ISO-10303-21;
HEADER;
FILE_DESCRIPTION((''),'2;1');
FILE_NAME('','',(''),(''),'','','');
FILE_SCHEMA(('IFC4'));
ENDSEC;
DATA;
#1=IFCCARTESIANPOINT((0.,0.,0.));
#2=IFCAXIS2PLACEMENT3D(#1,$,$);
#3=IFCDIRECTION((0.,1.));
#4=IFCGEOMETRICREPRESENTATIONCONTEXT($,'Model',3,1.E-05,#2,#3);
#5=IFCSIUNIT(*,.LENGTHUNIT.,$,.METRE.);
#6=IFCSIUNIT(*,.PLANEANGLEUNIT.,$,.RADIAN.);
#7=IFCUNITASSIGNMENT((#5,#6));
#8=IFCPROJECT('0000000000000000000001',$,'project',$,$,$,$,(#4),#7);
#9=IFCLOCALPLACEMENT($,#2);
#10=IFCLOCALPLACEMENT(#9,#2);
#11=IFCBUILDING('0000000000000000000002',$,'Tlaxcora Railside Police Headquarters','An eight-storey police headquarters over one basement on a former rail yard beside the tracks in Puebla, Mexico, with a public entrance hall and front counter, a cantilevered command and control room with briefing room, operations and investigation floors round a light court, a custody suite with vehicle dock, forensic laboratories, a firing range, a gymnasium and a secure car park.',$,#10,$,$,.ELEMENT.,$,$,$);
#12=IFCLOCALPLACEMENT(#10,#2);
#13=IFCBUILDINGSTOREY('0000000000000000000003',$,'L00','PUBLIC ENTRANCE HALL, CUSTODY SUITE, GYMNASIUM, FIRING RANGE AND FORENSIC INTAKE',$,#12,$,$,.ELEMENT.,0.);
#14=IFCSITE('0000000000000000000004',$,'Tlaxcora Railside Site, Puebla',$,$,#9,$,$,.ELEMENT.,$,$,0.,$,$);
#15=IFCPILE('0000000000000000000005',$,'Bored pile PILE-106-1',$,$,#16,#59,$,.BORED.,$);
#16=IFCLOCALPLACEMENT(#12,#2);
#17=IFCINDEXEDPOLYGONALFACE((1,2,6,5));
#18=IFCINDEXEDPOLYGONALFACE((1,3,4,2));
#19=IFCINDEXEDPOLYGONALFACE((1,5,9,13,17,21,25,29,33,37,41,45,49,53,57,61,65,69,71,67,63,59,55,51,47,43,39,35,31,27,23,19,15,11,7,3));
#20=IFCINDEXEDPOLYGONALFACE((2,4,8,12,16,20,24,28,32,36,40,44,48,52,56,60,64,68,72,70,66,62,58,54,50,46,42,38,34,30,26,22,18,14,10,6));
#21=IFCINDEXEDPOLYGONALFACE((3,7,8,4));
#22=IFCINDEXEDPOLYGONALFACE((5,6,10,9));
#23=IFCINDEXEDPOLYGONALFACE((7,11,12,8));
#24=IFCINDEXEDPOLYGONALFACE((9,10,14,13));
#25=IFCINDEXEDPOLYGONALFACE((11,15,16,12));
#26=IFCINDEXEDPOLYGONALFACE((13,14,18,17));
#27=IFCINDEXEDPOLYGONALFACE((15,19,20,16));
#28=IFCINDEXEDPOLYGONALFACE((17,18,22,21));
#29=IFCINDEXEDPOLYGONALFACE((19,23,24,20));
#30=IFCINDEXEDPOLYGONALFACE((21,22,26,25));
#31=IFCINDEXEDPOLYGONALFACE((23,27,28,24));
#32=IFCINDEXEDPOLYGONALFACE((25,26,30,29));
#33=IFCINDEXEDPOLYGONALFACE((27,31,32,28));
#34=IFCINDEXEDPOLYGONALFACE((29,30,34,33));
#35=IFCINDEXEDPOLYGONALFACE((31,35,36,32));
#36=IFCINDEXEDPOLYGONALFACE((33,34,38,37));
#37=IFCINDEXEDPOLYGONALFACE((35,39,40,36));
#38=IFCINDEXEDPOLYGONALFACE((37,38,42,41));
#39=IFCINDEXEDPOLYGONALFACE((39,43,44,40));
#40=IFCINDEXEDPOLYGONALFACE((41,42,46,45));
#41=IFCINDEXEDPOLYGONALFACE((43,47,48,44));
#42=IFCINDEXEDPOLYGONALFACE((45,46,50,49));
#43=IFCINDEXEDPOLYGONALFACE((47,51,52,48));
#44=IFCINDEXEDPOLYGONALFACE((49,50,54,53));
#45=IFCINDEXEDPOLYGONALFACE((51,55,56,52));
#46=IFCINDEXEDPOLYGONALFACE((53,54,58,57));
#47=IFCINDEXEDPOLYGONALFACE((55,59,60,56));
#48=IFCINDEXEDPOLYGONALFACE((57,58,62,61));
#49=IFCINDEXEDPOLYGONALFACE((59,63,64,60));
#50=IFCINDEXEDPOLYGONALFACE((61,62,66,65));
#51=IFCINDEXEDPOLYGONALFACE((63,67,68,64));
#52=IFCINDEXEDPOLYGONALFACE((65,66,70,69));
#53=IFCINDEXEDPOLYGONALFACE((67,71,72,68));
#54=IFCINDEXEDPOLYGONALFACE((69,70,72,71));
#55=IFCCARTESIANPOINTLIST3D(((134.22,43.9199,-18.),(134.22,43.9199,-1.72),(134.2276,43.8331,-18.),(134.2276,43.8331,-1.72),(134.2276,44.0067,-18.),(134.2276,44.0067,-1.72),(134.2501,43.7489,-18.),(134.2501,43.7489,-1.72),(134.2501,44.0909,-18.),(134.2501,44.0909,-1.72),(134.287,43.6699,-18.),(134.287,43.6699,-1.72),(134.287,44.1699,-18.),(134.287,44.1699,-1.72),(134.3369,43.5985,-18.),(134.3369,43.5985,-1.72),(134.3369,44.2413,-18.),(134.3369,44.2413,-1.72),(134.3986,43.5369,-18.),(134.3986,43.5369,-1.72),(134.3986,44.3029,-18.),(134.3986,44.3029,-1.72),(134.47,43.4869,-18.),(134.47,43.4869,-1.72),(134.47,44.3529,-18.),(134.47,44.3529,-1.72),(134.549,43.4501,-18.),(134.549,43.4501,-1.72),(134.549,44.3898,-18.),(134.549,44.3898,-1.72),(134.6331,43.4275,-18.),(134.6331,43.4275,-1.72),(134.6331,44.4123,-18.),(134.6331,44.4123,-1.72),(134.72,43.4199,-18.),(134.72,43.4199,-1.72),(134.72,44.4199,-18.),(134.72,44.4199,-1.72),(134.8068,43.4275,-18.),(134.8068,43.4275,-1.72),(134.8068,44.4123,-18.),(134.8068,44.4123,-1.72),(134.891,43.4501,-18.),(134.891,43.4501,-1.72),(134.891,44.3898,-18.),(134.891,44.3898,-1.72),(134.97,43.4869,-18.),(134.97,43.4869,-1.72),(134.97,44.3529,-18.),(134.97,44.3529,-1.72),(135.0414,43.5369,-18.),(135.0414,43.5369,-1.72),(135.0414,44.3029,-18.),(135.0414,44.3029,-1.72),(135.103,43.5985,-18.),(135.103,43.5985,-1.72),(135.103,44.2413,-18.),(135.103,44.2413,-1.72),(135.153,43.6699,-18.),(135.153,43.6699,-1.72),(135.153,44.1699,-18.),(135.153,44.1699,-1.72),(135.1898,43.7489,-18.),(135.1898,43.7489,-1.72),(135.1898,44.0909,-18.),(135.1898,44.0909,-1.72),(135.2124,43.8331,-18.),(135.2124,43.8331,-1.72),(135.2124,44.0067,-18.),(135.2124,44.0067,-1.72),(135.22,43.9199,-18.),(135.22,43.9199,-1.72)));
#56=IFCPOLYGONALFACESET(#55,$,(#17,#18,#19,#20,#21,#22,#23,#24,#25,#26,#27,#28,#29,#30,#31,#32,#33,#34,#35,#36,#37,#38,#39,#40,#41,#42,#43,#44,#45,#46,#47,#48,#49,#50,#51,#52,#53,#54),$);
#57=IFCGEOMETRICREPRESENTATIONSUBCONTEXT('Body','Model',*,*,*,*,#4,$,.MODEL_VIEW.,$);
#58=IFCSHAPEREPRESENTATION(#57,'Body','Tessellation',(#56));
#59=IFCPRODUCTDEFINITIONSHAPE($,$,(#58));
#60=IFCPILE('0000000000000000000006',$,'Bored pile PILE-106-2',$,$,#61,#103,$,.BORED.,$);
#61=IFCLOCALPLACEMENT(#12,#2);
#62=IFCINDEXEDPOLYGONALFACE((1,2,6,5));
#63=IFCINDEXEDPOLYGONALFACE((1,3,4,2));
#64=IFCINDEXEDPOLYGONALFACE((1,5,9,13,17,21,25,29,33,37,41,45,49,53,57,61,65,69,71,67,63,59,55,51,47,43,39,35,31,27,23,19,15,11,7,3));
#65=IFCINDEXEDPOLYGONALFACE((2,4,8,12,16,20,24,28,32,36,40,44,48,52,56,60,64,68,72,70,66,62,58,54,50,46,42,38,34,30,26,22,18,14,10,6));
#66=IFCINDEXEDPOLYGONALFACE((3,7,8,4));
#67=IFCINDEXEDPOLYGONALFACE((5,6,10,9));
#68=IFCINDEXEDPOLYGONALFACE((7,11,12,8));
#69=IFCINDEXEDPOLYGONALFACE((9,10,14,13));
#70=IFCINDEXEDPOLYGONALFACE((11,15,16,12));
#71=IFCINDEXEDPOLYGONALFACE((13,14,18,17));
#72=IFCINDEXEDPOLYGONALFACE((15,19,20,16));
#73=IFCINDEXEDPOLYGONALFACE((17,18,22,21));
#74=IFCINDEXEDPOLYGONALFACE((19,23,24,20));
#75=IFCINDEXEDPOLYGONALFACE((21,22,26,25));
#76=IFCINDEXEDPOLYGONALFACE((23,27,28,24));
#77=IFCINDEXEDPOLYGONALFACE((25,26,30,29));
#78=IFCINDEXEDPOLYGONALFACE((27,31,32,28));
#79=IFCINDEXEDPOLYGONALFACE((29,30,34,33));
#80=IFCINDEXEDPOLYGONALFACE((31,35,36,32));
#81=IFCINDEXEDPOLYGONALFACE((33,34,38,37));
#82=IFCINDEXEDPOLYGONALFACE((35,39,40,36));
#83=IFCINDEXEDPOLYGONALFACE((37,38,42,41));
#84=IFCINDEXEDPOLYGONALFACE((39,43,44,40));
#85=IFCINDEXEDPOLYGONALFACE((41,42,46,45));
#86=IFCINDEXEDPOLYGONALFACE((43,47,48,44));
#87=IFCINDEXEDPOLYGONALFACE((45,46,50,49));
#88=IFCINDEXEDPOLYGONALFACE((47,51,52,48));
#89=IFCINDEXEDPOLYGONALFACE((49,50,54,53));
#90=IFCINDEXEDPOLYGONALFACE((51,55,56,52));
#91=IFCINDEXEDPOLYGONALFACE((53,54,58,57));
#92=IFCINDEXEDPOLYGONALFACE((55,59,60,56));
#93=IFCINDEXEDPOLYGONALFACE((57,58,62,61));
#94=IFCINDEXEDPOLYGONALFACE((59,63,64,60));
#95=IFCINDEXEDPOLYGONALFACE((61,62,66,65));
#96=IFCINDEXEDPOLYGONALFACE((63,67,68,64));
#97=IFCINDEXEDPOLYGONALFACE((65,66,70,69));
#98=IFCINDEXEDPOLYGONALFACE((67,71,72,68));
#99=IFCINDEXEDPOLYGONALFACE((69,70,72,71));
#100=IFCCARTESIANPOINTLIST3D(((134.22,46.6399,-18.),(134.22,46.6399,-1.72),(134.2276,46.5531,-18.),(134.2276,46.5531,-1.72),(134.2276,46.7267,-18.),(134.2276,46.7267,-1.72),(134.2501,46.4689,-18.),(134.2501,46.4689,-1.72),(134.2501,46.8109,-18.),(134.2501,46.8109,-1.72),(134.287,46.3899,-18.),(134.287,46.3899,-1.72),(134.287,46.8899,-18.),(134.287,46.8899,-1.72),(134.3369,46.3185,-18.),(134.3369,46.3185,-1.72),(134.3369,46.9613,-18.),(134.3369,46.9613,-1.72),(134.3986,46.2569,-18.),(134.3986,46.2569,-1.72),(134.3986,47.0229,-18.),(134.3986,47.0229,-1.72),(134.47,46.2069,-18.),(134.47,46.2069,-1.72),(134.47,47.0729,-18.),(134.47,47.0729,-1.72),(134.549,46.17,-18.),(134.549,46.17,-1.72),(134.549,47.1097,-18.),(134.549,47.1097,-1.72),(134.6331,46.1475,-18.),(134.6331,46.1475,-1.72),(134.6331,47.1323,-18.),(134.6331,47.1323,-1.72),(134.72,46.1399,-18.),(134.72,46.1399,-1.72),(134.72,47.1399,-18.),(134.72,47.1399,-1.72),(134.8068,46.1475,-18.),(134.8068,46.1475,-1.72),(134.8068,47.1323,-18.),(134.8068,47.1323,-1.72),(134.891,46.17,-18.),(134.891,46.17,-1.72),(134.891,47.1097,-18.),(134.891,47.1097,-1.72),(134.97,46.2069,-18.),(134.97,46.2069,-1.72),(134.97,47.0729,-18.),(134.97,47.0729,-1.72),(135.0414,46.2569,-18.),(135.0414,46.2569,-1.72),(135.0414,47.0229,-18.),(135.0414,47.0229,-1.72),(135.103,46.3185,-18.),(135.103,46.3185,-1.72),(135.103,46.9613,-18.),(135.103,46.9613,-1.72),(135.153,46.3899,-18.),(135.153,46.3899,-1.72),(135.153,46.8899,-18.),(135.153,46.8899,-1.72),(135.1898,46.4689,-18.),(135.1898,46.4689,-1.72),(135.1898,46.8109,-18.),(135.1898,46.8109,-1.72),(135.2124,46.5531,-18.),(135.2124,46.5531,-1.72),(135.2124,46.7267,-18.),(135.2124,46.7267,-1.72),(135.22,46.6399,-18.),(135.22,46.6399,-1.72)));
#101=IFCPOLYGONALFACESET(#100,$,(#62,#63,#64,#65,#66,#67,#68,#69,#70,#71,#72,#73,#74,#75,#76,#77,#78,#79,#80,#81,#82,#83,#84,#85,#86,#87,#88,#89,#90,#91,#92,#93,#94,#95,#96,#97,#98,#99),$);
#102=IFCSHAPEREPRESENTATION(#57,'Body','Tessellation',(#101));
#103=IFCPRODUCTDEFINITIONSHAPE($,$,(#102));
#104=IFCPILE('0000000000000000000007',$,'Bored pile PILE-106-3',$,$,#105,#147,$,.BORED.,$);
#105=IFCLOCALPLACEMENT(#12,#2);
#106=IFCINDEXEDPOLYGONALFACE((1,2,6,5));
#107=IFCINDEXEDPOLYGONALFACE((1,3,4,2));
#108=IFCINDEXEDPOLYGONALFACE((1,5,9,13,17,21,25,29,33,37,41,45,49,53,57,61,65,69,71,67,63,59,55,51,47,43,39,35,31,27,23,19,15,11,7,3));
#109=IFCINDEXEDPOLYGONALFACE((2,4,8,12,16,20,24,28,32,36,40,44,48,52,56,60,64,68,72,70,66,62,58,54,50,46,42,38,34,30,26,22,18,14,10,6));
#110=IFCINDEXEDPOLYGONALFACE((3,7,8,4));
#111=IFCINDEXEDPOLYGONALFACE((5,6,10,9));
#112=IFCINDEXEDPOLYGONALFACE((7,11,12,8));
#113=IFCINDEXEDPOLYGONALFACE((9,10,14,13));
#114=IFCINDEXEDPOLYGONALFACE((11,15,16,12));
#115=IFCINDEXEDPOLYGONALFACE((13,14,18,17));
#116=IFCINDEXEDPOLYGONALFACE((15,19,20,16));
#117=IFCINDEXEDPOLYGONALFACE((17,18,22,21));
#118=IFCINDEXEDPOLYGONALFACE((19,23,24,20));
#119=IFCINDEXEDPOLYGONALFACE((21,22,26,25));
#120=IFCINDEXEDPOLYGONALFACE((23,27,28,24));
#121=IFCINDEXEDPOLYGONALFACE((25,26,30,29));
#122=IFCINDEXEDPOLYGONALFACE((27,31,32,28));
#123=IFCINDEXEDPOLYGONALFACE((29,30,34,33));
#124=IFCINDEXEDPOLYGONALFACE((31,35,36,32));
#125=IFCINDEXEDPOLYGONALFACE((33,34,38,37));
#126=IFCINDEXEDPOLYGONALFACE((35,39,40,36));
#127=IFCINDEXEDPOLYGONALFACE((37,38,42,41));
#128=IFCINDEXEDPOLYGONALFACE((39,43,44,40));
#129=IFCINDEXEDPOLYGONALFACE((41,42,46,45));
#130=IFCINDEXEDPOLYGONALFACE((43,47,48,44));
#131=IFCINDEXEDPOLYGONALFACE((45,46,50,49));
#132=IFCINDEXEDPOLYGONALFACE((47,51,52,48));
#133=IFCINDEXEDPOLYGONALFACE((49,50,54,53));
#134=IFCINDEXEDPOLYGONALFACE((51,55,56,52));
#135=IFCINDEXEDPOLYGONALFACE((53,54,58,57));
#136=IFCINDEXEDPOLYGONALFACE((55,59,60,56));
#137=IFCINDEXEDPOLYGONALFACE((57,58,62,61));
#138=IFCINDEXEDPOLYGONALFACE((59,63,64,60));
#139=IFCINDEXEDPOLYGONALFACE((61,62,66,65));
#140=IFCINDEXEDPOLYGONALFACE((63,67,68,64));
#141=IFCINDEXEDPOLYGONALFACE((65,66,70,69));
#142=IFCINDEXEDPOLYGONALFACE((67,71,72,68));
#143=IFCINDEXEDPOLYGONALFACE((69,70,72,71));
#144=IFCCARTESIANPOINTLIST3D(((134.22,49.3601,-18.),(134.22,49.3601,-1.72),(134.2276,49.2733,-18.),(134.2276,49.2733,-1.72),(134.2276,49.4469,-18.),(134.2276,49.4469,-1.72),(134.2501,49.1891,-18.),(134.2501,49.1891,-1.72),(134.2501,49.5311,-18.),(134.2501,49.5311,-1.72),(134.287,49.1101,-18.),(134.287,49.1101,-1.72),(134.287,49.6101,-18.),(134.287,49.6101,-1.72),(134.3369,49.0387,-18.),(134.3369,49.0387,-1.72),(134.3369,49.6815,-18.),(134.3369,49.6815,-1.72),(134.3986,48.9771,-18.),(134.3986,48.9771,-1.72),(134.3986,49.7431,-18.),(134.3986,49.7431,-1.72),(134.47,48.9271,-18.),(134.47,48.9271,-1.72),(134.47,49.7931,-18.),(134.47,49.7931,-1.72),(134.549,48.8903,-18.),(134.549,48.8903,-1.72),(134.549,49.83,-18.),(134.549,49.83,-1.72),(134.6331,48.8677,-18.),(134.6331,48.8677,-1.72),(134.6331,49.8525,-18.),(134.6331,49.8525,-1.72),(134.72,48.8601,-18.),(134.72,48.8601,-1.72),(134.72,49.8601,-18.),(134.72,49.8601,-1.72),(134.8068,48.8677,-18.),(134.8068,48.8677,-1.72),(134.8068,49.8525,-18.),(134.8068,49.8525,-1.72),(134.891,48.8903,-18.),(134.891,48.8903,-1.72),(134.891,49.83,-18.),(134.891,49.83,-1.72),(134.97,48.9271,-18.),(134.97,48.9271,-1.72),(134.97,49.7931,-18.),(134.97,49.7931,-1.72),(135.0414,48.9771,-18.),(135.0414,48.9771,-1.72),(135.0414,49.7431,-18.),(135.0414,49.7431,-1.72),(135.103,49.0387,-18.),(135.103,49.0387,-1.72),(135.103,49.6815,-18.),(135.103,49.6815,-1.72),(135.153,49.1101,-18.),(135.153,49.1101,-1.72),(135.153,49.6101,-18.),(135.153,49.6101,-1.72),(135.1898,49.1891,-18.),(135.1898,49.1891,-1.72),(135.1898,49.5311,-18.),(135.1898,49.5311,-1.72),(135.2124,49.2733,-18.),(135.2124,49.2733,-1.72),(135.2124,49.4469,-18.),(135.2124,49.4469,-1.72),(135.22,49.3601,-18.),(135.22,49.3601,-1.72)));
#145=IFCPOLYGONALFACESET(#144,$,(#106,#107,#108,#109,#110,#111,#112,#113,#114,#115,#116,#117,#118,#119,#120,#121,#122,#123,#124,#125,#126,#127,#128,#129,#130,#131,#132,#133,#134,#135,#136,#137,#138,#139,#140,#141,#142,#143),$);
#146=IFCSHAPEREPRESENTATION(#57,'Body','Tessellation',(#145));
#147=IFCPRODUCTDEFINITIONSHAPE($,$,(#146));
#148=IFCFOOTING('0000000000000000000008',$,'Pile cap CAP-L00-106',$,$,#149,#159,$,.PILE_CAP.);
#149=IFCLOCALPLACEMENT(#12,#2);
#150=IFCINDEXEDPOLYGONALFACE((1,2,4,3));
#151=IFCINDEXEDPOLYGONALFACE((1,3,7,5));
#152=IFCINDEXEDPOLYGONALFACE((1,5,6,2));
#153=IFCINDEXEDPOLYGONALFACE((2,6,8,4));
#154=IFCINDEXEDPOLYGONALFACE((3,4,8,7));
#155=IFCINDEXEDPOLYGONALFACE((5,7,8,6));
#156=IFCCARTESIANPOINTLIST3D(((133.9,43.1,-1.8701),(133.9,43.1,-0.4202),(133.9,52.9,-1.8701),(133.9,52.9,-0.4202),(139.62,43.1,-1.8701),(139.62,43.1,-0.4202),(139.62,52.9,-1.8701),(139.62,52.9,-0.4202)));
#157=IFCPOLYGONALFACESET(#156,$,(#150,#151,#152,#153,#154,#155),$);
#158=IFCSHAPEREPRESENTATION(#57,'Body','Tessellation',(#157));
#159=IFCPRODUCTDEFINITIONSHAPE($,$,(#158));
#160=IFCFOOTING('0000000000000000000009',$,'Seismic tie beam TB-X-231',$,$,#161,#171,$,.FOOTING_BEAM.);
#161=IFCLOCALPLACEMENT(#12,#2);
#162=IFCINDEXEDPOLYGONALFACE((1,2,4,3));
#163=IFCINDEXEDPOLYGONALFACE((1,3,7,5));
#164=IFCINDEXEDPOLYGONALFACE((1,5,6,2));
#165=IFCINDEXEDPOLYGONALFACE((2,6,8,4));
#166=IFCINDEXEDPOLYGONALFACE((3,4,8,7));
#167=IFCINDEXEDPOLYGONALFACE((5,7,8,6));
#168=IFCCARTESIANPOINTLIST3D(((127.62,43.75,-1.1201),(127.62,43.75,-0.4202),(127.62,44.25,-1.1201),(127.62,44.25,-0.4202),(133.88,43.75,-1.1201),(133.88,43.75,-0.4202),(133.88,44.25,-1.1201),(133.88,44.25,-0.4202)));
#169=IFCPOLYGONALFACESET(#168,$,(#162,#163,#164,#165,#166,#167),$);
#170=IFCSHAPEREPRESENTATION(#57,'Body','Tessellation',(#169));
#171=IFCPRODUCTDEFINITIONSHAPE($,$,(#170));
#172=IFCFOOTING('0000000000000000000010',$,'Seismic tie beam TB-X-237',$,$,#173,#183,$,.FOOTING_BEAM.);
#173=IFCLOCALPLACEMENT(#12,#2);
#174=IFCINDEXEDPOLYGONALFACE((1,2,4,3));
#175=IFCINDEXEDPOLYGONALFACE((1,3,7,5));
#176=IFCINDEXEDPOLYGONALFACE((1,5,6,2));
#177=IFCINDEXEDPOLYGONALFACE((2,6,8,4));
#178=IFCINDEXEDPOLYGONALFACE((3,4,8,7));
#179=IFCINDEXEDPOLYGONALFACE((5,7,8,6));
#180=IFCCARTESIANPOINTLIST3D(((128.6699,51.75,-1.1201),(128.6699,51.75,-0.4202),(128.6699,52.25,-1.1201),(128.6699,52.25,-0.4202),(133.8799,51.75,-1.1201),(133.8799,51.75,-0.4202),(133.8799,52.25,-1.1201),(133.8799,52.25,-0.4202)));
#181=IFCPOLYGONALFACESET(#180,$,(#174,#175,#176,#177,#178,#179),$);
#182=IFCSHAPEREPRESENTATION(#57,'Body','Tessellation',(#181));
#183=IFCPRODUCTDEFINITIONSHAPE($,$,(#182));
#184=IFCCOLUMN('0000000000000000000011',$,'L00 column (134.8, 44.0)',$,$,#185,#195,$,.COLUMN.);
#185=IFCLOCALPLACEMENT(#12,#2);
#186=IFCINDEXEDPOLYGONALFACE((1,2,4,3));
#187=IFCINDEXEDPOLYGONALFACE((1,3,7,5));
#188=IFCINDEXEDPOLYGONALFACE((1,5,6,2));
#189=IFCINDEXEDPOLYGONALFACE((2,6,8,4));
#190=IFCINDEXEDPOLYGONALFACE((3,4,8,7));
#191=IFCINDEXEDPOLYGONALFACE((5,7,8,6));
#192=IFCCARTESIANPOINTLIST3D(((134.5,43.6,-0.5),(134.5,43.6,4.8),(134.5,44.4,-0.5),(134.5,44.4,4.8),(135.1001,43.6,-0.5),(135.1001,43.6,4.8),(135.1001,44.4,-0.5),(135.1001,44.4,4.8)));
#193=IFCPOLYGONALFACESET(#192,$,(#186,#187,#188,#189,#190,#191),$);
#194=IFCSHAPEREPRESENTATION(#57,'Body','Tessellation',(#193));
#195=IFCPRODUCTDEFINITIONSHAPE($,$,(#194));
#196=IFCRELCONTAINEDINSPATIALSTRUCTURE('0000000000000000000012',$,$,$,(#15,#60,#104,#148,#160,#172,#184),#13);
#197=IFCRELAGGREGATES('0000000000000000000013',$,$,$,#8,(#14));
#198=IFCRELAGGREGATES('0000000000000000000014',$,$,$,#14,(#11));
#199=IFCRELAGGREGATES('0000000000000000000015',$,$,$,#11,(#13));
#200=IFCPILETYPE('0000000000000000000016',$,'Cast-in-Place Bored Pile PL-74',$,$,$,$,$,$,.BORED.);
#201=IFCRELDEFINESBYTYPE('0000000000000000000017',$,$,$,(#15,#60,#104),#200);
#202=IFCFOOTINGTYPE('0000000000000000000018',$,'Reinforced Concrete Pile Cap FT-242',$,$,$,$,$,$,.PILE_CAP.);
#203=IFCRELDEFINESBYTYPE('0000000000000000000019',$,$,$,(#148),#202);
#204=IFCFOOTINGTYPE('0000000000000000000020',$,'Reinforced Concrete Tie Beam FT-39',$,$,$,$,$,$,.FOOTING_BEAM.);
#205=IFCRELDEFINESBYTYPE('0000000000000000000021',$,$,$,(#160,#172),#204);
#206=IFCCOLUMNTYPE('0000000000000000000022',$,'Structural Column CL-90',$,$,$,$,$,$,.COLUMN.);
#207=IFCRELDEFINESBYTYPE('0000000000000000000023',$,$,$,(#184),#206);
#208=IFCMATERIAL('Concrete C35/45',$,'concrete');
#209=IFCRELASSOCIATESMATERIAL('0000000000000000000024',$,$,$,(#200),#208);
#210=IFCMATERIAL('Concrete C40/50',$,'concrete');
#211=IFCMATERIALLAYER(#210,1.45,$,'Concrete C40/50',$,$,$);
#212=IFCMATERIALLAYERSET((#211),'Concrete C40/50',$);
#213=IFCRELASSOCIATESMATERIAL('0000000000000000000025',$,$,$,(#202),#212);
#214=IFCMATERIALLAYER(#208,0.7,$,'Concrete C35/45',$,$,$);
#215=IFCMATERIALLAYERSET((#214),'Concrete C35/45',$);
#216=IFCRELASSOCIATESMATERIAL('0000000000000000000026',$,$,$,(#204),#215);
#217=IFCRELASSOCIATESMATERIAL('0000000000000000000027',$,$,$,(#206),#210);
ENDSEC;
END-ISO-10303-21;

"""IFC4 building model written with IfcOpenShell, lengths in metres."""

from ifc_helpers import new_model, si_unit, direction, frame, origin, origin_2d, place, context, subcontext, project, spatial, rectangle, circle, extrude, material, layer, layer_set, material_profile, profile_set, type_object, element, save


model = new_model("IFC4")

# Units and contexts
model_context = context("Model", 3, precision=1e-05, world=origin(), true_north=direction((0.0, 1.0)))
body_context = subcontext(model_context, "Body", "Model", "MODEL_VIEW")
ifc_project = project(units=[si_unit("LENGTHUNIT", "METRE"), si_unit("PLANEANGLEUNIT", "RADIAN")], contexts=[model_context])

# Site, building, storey
site_placement = place(None, origin())
site = spatial("IfcSite", under=ifc_project, at=site_placement, Name="Tlaxcora Railside Site, Puebla", CompositionType="ELEMENT", RefElevation=0.0)
building_placement = place(site_placement, origin())
building = spatial("IfcBuilding", under=site, at=building_placement, Name="Tlaxcora Railside Police Headquarters", Description="An eight-storey police headquarters over one basement on a former rail yard beside the tracks in Puebla, Mexico, with a public entrance hall and front counter, a cantilevered command and control room with briefing room, operations and investigation floors round a light court, a custody suite with vehicle dock, forensic laboratories, a firing range, a gymnasium and a secure car park.", CompositionType="ELEMENT")
storey_placement = place(building_placement, origin())
storey = spatial("IfcBuildingStorey", under=building, at=storey_placement, Name="L00", Description="PUBLIC ENTRANCE HALL, CUSTODY SUITE, GYMNASIUM, FIRING RANGE AND FORENSIC INTAKE", CompositionType="ELEMENT", Elevation=0.0)

# Piles
ifc_material_1 = material(Name="Concrete C35/45", Category="concrete")
ifc_material_profile_1 = material_profile(ifc_material_1, circle(Radius=0.5, at=origin_2d()), Name="PILE1000")
ifc_profile_set_1 = profile_set([ifc_material_profile_1], Name="Concrete C35/45")
pile_type = type_object("IfcPileType", Name="Cast-in-Place Bored Pile PL-74", PredefinedType="BORED", material=ifc_profile_set_1)
for number, where, z_axis, x_axis, name in (
    (1, (134.72, 43.9199, -1.72), (0.0, 0.0, -1.0), (1.0, 0.0, 0.0), "Bored pile PILE-106-1"),
    (2, (134.72, 46.6399, -1.72), (0.0, 0.0, -1.0), (1.0, 0.0, 0.0), "Bored pile PILE-106-2"),
    (3, (134.72, 49.3601, -1.72), (0.0, 0.0, -1.0), (1.0, 0.0, 0.0), "Bored pile PILE-106-3"),
):
    element("IfcPile", number, at=place(storey_placement, frame(where, z_axis=z_axis, x_axis=x_axis)), inside=storey, type_object=pile_type, Name=name, PredefinedType="BORED", context=body_context, shape_type="SweptSolid", body=[
        extrude(circle(Radius=0.5, at=origin_2d()), origin(), (0.0, 0.0, 1.0), 16.28),
    ])

# Footings
ifc_material_2 = material(Name="Concrete C40/50", Category="concrete")
ifc_layer_1 = layer(ifc_material_2, 1.45, Name="Concrete C40/50")
ifc_layer_set_1 = layer_set([ifc_layer_1], Name="Concrete C40/50")
footing_type_1 = type_object("IfcFootingType", Name="Reinforced Concrete Pile Cap FT-242", PredefinedType="PILE_CAP", material=ifc_layer_set_1)
footing_1_placement = place(storey_placement, frame((136.76, 48.0, -1.8701), z_axis=(0.0, 0.0, 1.0), x_axis=(1.0, 0.0, 0.0)))
element("IfcFooting", 4, at=footing_1_placement, inside=storey, type_object=footing_type_1, Name="Pile cap CAP-L00-106", PredefinedType="PILE_CAP", context=body_context, shape_type="SweptSolid", body=[
    extrude(rectangle(XDim=5.72, YDim=9.8, at=origin_2d()), origin(), (0.0, 0.0, 1.0), 1.45),
])
ifc_layer_2 = layer(ifc_material_1, 0.7, Name="Concrete C35/45")
ifc_layer_set_2 = layer_set([ifc_layer_2], Name="Concrete C35/45")
footing_type_2 = type_object("IfcFootingType", Name="Reinforced Concrete Tie Beam FT-39", PredefinedType="FOOTING_BEAM", material=ifc_layer_set_2)
footing_2_placement = place(storey_placement, frame((130.75, 44.0, -1.1201), z_axis=(0.0, 0.0, 1.0), x_axis=(1.0, 0.0, 0.0)))
element("IfcFooting", 5, at=footing_2_placement, inside=storey, type_object=footing_type_2, Name="Seismic tie beam TB-X-231", PredefinedType="FOOTING_BEAM", context=body_context, shape_type="SweptSolid", body=[
    extrude(rectangle(XDim=6.26, YDim=0.5, at=origin_2d()), origin(), (0.0, 0.0, 1.0), 0.7),
])
footing_3_placement = place(storey_placement, frame((131.2749, 52.0, -1.1201), z_axis=(0.0, 0.0, 1.0), x_axis=(1.0, 0.0, 0.0)))
element("IfcFooting", 6, at=footing_3_placement, inside=storey, type_object=footing_type_2, Name="Seismic tie beam TB-X-237", PredefinedType="FOOTING_BEAM", context=body_context, shape_type="SweptSolid", body=[
    extrude(rectangle(XDim=5.21, YDim=0.5, at=origin_2d()), origin(), (0.0, 0.0, 1.0), 0.7),
])

# Column
ifc_material_profile_2 = material_profile(ifc_material_2, rectangle(XDim=0.6001, YDim=0.8, at=origin_2d()), Name="RC600X800")
ifc_profile_set_2 = profile_set([ifc_material_profile_2], Name="Concrete C40/50")
column_type = type_object("IfcColumnType", Name="Structural Column CL-90", PredefinedType="COLUMN", material=ifc_profile_set_2)
for number, where, z_axis, x_axis, name in (
    (7, (134.8, 44.0, -0.5), (0.0, 0.0, 1.0), (1.0, 0.0, 0.0), "L00 column (134.8, 44.0)"),
):
    element("IfcColumn", number, at=place(storey_placement, frame(where, z_axis=z_axis, x_axis=x_axis)), inside=storey, type_object=column_type, Name=name, PredefinedType="COLUMN", context=body_context, shape_type="SweptSolid", body=[
        extrude(rectangle(XDim=0.6001, YDim=0.8, at=origin_2d()), origin(), (0.0, 0.0, 1.0), 5.3),
    ])

save(model, "model.ifc")
